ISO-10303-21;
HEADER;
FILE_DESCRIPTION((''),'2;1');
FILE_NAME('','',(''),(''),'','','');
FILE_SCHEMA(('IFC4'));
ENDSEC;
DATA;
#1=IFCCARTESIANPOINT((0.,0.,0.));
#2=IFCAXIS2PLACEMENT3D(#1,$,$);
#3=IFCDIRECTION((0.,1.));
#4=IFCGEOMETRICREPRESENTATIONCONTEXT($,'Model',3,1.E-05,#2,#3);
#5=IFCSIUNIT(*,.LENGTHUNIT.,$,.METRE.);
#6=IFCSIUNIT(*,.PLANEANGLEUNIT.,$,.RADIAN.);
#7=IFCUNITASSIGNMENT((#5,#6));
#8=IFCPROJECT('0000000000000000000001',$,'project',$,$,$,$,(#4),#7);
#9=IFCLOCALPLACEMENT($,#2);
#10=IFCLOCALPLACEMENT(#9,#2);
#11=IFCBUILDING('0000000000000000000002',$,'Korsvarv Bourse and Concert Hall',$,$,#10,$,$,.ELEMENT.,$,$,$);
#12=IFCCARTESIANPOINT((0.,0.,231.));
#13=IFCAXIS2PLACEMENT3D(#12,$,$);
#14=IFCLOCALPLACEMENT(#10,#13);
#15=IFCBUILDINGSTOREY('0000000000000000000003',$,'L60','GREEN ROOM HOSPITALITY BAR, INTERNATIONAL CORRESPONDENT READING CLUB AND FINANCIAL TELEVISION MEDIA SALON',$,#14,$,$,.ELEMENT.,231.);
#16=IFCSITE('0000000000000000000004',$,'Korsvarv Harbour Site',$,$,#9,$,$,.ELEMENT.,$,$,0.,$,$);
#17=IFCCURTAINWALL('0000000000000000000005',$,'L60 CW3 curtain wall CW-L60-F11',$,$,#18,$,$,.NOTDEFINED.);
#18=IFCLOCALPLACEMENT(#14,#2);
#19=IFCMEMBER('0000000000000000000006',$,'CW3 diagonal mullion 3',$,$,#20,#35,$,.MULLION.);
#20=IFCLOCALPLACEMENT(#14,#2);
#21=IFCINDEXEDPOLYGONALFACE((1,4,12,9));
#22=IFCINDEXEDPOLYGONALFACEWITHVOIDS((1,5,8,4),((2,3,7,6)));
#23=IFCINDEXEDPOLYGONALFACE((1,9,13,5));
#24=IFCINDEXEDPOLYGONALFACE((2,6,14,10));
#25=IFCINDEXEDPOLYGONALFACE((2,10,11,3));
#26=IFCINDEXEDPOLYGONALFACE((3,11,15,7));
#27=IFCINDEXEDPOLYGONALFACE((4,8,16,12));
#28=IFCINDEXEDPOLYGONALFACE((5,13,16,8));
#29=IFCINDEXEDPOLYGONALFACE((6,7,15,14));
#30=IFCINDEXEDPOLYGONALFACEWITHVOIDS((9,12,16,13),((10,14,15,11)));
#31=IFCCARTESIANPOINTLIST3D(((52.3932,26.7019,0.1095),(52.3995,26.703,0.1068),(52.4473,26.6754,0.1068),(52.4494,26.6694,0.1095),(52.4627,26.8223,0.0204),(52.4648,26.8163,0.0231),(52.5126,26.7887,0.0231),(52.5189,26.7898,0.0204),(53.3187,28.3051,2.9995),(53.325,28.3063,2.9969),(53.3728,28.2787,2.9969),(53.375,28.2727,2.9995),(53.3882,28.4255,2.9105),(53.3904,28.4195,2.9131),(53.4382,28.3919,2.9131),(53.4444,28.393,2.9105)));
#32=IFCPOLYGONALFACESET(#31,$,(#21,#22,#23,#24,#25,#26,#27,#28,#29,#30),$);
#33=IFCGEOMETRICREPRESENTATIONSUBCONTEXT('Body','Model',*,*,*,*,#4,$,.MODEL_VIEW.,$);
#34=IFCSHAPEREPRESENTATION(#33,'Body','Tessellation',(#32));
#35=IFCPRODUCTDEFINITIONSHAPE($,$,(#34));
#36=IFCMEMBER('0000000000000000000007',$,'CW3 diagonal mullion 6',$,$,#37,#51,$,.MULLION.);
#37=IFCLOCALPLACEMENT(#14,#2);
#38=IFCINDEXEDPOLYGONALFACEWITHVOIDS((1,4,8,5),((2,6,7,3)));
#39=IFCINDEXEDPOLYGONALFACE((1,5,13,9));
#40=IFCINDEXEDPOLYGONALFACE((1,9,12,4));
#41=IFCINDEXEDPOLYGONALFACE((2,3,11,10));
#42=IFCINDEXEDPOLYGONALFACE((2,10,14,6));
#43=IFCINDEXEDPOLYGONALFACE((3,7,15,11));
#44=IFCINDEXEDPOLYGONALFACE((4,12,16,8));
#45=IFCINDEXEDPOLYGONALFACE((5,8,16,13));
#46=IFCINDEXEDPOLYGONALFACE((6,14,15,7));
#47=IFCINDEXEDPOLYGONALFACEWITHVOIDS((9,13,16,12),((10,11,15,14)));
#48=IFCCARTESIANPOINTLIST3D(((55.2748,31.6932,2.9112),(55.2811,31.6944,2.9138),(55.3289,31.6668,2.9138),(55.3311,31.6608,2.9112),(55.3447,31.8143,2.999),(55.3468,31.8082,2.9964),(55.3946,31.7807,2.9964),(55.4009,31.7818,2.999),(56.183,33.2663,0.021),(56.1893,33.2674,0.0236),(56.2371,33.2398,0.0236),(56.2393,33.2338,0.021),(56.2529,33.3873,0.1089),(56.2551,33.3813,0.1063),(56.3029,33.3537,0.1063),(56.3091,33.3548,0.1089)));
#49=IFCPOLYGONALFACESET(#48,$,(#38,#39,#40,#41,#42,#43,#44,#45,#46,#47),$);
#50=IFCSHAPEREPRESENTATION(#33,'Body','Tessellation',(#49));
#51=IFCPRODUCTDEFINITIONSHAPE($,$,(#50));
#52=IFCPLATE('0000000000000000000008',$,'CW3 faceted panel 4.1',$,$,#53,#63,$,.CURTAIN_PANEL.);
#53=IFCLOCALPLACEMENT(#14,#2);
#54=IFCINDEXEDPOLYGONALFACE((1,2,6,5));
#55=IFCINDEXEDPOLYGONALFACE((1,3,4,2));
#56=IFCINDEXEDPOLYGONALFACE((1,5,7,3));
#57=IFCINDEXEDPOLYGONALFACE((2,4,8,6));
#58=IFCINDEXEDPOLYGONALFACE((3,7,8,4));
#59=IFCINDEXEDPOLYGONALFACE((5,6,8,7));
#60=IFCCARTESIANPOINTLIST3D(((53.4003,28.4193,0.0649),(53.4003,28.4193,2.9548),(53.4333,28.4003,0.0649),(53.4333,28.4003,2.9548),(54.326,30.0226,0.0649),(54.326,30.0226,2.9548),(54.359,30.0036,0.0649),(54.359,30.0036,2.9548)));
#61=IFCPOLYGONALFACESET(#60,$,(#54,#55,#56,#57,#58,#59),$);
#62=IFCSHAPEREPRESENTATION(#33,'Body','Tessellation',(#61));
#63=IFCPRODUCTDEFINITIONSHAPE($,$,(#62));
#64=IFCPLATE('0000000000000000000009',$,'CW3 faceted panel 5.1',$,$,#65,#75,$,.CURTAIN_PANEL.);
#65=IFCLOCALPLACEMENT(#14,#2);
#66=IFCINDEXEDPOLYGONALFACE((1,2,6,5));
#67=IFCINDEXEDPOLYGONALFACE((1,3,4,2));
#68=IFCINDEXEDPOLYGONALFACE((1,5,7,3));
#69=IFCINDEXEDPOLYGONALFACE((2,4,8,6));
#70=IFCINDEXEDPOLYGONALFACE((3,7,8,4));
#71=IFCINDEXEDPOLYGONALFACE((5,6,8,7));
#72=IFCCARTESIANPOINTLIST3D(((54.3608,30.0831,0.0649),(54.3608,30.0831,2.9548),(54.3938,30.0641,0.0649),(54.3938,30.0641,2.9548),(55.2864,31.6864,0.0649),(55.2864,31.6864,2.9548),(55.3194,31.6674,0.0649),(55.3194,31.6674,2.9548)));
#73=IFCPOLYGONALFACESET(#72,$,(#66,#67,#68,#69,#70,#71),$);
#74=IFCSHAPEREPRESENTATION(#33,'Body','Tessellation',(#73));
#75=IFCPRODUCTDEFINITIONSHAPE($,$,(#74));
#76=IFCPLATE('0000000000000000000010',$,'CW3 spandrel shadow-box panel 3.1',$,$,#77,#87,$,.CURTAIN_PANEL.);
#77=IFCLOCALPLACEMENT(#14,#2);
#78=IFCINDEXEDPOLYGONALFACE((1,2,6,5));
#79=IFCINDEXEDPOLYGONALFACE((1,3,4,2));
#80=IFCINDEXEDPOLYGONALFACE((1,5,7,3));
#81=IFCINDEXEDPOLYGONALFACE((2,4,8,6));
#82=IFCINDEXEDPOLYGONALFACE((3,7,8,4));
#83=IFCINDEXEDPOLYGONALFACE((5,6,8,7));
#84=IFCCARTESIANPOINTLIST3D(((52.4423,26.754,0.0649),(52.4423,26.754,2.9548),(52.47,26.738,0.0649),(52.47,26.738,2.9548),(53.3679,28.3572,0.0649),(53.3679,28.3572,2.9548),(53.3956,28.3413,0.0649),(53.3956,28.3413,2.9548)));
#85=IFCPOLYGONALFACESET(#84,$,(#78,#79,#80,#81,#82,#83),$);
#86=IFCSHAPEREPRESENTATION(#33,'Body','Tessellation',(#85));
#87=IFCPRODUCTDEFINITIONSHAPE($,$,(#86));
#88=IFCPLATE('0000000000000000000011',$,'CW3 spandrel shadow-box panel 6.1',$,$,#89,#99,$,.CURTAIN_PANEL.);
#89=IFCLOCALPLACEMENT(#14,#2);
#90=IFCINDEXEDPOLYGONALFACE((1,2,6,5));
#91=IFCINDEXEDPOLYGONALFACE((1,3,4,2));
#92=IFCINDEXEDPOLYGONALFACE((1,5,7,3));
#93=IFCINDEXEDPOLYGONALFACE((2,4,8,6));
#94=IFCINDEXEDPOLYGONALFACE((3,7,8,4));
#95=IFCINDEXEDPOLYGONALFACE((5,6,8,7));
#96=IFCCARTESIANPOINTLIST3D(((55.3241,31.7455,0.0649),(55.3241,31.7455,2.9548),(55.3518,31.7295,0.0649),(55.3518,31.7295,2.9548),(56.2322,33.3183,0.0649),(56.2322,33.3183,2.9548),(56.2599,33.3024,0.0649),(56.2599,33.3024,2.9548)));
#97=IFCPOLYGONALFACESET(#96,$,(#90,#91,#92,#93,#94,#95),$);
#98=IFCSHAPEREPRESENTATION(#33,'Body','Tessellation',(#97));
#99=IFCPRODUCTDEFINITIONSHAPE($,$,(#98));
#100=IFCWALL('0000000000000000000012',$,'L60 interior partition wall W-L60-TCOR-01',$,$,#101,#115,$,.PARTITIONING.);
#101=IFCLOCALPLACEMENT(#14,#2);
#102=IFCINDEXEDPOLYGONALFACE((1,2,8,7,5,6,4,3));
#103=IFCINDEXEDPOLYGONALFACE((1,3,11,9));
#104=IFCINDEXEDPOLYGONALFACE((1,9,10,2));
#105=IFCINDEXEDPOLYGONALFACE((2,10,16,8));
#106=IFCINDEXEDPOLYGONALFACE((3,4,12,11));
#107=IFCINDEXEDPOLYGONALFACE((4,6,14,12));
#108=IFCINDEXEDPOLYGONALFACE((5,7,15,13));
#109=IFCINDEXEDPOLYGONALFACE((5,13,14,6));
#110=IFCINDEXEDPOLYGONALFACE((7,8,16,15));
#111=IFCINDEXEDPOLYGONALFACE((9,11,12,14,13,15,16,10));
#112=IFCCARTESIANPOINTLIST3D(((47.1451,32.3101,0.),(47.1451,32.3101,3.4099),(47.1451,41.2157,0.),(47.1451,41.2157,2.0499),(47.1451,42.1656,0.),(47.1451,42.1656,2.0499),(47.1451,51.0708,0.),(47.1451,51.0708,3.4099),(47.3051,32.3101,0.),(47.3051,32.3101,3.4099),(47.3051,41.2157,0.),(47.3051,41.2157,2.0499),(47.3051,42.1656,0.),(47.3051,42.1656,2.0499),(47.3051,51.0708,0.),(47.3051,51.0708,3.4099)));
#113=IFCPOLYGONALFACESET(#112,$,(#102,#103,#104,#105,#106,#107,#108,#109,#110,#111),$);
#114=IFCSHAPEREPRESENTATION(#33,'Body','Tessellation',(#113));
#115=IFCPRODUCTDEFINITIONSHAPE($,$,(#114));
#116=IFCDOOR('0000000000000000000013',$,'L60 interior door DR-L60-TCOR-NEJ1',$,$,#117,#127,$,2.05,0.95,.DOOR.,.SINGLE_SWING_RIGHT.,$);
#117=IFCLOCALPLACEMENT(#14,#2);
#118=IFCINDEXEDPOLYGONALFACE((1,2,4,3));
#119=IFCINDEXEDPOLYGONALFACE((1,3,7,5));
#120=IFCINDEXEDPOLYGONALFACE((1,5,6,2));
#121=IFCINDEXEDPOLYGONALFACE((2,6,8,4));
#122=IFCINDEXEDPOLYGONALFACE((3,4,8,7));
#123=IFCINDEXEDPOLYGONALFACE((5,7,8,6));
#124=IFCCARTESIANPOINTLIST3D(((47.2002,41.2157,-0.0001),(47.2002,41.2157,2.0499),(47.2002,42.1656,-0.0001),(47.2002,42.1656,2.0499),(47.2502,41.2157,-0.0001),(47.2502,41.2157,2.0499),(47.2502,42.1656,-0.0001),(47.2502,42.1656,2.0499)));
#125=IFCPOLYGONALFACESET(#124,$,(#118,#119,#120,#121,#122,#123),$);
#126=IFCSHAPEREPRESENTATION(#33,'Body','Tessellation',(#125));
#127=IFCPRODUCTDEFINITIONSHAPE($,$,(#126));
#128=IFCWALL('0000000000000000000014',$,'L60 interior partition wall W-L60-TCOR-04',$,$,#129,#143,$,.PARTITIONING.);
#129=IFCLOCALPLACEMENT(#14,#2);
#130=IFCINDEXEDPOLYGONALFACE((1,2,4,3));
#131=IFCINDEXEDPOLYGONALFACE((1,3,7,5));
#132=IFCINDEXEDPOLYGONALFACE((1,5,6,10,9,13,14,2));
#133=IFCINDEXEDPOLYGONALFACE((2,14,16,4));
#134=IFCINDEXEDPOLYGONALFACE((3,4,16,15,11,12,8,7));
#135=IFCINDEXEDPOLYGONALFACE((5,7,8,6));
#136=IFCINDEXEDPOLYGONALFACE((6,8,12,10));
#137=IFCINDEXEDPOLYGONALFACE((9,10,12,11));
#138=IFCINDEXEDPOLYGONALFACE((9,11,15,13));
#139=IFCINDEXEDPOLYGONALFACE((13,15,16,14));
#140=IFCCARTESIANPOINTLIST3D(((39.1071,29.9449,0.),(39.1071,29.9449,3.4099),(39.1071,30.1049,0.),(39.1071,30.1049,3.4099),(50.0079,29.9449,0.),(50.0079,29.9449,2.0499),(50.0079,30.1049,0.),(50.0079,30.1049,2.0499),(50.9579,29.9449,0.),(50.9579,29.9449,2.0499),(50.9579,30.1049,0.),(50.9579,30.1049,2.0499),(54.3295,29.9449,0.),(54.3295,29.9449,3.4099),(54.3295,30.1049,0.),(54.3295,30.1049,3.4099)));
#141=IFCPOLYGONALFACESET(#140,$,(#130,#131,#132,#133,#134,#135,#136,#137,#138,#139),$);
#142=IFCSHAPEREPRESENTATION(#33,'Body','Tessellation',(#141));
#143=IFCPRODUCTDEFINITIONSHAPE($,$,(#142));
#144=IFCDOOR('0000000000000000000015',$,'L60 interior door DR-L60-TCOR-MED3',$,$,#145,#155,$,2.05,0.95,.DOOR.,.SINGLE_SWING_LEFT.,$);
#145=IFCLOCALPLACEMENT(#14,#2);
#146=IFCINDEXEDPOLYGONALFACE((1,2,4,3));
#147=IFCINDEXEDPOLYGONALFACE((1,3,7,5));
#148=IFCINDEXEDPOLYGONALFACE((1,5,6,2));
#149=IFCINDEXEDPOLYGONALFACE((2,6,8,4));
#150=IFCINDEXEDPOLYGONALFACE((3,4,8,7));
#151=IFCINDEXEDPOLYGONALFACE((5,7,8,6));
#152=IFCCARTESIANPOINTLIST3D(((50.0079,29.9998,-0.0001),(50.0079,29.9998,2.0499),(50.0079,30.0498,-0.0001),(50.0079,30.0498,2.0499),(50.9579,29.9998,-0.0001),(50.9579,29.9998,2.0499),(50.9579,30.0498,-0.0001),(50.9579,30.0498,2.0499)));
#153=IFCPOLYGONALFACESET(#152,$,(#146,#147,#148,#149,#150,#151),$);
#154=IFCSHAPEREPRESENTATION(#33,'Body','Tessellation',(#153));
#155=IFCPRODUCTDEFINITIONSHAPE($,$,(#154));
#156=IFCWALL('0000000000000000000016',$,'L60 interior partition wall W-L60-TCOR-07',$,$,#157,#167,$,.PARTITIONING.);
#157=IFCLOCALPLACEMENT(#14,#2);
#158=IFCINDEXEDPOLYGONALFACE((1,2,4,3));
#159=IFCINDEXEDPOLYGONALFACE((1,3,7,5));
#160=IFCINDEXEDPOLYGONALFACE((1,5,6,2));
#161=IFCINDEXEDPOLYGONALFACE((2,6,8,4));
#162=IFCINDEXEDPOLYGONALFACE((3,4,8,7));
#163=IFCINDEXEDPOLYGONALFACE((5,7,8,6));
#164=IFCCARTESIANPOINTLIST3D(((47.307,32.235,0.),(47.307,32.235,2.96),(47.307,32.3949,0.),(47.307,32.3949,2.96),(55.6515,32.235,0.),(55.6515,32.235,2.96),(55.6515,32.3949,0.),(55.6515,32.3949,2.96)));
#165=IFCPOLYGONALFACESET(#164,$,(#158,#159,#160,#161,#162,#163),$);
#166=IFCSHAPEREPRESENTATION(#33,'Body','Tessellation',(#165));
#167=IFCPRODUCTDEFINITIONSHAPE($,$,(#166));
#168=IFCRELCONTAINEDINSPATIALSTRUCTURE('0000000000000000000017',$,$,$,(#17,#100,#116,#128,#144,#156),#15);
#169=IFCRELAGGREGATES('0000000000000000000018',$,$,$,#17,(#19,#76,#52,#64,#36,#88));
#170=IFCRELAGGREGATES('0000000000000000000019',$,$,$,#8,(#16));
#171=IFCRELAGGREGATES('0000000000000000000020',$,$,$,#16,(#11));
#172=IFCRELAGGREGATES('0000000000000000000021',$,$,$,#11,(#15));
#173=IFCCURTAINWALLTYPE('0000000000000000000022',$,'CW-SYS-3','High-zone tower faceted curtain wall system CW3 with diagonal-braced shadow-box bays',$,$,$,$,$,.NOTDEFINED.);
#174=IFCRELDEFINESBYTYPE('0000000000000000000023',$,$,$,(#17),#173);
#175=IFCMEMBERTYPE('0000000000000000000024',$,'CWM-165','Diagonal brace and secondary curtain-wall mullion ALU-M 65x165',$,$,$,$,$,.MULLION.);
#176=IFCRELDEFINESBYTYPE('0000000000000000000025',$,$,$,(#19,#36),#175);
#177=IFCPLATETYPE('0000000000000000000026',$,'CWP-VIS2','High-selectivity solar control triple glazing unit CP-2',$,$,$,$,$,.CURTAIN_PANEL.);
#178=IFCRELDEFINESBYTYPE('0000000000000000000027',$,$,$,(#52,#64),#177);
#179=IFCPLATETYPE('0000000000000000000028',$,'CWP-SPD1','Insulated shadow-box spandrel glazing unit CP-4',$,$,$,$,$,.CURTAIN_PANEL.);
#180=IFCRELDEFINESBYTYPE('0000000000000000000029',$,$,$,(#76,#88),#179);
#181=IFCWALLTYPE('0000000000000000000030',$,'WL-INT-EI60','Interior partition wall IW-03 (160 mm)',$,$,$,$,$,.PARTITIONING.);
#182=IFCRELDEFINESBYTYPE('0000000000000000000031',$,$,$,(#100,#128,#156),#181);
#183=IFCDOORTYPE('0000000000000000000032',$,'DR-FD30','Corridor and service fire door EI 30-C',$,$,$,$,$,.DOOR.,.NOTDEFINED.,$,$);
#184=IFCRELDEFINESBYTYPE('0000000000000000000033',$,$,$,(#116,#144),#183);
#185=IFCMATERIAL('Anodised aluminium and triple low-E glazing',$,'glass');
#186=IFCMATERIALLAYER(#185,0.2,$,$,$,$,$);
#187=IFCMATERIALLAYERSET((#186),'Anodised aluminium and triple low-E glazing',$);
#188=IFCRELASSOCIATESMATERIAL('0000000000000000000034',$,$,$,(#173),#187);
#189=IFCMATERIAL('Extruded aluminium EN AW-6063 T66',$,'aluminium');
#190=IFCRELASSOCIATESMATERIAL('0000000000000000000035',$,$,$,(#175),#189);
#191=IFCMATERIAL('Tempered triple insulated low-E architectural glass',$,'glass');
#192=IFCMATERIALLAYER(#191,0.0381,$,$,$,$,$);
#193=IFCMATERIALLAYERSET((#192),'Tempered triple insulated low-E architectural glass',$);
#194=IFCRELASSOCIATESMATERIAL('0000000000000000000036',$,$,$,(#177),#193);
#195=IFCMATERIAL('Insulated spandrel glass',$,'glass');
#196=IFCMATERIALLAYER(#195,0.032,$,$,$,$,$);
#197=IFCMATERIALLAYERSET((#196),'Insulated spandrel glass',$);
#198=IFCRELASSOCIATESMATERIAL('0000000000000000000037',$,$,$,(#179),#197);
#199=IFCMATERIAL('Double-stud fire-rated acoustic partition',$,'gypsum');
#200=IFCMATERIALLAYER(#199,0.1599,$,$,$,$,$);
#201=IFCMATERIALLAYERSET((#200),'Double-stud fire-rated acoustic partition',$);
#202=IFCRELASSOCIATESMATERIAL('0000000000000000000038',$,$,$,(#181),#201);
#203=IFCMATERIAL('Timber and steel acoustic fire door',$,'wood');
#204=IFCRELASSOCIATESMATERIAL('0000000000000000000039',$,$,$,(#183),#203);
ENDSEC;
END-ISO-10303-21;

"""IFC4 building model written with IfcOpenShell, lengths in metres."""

from ifc_helpers import new_model, si_unit, direction, frame, frame_2d, origin, origin_2d, place, context, subcontext, project, spatial, rectangle, hollow_rectangle, extrude, source, transform, mapped, material, layer, layer_set, material_profile, profile_set, type_object, element, fill, aggregate, save


model = new_model("IFC4")

# Units and contexts
model_context = context("Model", 3, precision=1e-05, world=origin(), true_north=direction((0.0, 1.0)))
body_context = subcontext(model_context, "Body", "Model", "MODEL_VIEW")
ifc_project = project(units=[si_unit("LENGTHUNIT", "METRE"), si_unit("PLANEANGLEUNIT", "RADIAN")], contexts=[model_context])

# Site, building, storey
site_placement = place(None, origin())
site = spatial("IfcSite", under=ifc_project, at=site_placement, Name="Korsvarv Harbour Site", CompositionType="ELEMENT", RefElevation=0.0)
building_placement = place(site_placement, origin())
building = spatial("IfcBuilding", under=site, at=building_placement, Name="Korsvarv Bourse and Concert Hall", CompositionType="ELEMENT")
storey_placement = place(building_placement, frame((0.0, 0.0, 231.0)))
storey = spatial("IfcBuildingStorey", under=building, at=storey_placement, Name="L60", Description="GREEN ROOM HOSPITALITY BAR, INTERNATIONAL CORRESPONDENT READING CLUB AND FINANCIAL TELEVISION MEDIA SALON", CompositionType="ELEMENT", Elevation=231.0)

# Curtain wall, members, plates
ifc_material_1 = material(Name="Anodised aluminium and triple low-E glazing", Category="glass")
ifc_layer_1 = layer(ifc_material_1, 0.2)
ifc_layer_set_1 = layer_set([ifc_layer_1], Name="Anodised aluminium and triple low-E glazing")
curtain_wall_type = type_object("IfcCurtainWallType", Name="CW-SYS-3", Description="High-zone tower faceted curtain wall system CW3 with diagonal-braced shadow-box bays", PredefinedType="NOTDEFINED", material=ifc_layer_set_1)
curtain_wall_placement = place(storey_placement, origin())
curtain_wall = element("IfcCurtainWall", 1, at=curtain_wall_placement, inside=storey, type_object=curtain_wall_type, Name="L60 CW3 curtain wall CW-L60-F11", PredefinedType="NOTDEFINED")
ifc_material_2 = material(Name="Extruded aluminium EN AW-6063 T66", Category="aluminium")
ifc_material_profile_1 = material_profile(ifc_material_2, hollow_rectangle(XDim=0.0649, YDim=0.165, WallThickness=0.0049, at=origin_2d()), Name="ALU-M 65x165")
ifc_profile_set_1 = profile_set([ifc_material_profile_1], Name="Extruded aluminium EN AW-6063 T66")
member_type_1 = type_object("IfcMemberType", Name="CWM-165", Description="Diagonal brace and secondary curtain-wall mullion ALU-M 65x165", PredefinedType="MULLION", material=ifc_profile_set_1)
shared_shape_1 = source(origin(), body_context, "Body", "SweptSolid", [
    extrude(hollow_rectangle(XDim=0.0649, YDim=0.165, WallThickness=0.0049, at=origin_2d()), origin(), (0.0, 0.0, 1.0), 3.4321),
])
member_1_placement = place(storey_placement, frame((52.4561, 26.7458, 0.0649), z_axis=(0.269663, 0.467127, 0.842066), x_axis=(-0.866052, 0.499955, 0.0)))
member_1 = element("IfcMember", 2, at=member_1_placement, type_object=member_type_1, Name="CW3 diagonal mullion 3", PredefinedType="MULLION", context=body_context, shape_type="MappedRepresentation", body=[
    mapped(shared_shape_1, transform((0.0, 0.0, 0.0), scale=1.0)),
])
shared_shape_2 = source(origin(), body_context, "Body", "SweptSolid", [
    extrude(hollow_rectangle(XDim=0.0649, YDim=0.165, WallThickness=0.0049, at=origin_2d()), origin(), (0.0, 0.0, 1.0), 3.4136),
])
member_2_placement = place(storey_placement, frame((56.2461, 33.3105, 0.0649), z_axis=(-0.266061, -0.460816, 0.846676), x_axis=(0.866018, -0.500013, 0.0)))
member_2 = element("IfcMember", 3, at=member_2_placement, type_object=member_type_1, Name="CW3 diagonal mullion 6", PredefinedType="MULLION", context=body_context, shape_type="MappedRepresentation", body=[
    mapped(shared_shape_2, transform((0.0, 0.0, 0.0), scale=1.0)),
])
ifc_material_3 = material(Name="Tempered triple insulated low-E architectural glass", Category="glass")
ifc_layer_2 = layer(ifc_material_3, 0.0381)
ifc_layer_set_2 = layer_set([ifc_layer_2], Name="Tempered triple insulated low-E architectural glass")
plate_type_1 = type_object("IfcPlateType", Name="CWP-VIS2", Description="High-selectivity solar control triple glazing unit CP-2", PredefinedType="CURTAIN_PANEL", material=ifc_layer_set_2)
shared_shape_3 = source(origin(), body_context, "Body", "SweptSolid", [
    extrude(rectangle(XDim=1.8513, YDim=0.0381, at=origin_2d()), origin(), (0.0, 0.0, 1.0), 2.8899),
])
plate_1_placement = place(storey_placement, frame((53.8796, 29.2114, 0.0649), z_axis=(0.0, 0.0, 1.0), x_axis=(0.499996, 0.866028, 0.0)))
plate_1 = element("IfcPlate", 4, at=plate_1_placement, type_object=plate_type_1, Name="CW3 faceted panel 4.1", PredefinedType="CURTAIN_PANEL", context=body_context, shape_type="MappedRepresentation", body=[
    mapped(shared_shape_3, transform((0.0, 0.0, 0.0), scale=1.0)),
])
plate_2_placement = place(storey_placement, frame((54.8401, 30.8752, 0.0649), z_axis=(0.0, 0.0, 1.0), x_axis=(0.499996, 0.866028, 0.0)))
plate_2 = element("IfcPlate", 5, at=plate_2_placement, type_object=plate_type_1, Name="CW3 faceted panel 5.1", PredefinedType="CURTAIN_PANEL", context=body_context, shape_type="MappedRepresentation", body=[
    mapped(shared_shape_3, transform((0.0, 0.0, 0.0), scale=1.0)),
])
ifc_material_4 = material(Name="Insulated spandrel glass", Category="glass")
ifc_layer_3 = layer(ifc_material_4, 0.032)
ifc_layer_set_3 = layer_set([ifc_layer_3], Name="Insulated spandrel glass")
plate_type_2 = type_object("IfcPlateType", Name="CWP-SPD1", Description="Insulated shadow-box spandrel glazing unit CP-4", PredefinedType="CURTAIN_PANEL", material=ifc_layer_set_3)
shared_shape_4 = source(origin(), body_context, "Body", "SweptSolid", [
    extrude(rectangle(XDim=1.8513, YDim=0.032, at=origin_2d()), origin(), (0.0, 0.0, 1.0), 2.8899),
])
plate_3_placement = place(storey_placement, frame((52.9189, 27.5476, 0.0649), z_axis=(0.0, 0.0, 1.0), x_axis=(0.499996, 0.866028, 0.0)))
plate_3 = element("IfcPlate", 6, at=plate_3_placement, type_object=plate_type_2, Name="CW3 spandrel shadow-box panel 3.1", PredefinedType="CURTAIN_PANEL", context=body_context, shape_type="MappedRepresentation", body=[
    mapped(shared_shape_4, transform((0.0, 0.0, 0.0), scale=1.0)),
])
shared_shape_5 = source(origin(), body_context, "Body", "SweptSolid", [
    extrude(rectangle(XDim=1.8162, YDim=0.032, at=origin_2d()), origin(), (0.0, 0.0, 1.0), 2.8899),
])
plate_4_placement = place(storey_placement, frame((55.792, 32.5239, 0.0649), z_axis=(0.0, 0.0, 1.0), x_axis=(0.499996, 0.866028, 0.0)))
plate_4 = element("IfcPlate", 7, at=plate_4_placement, type_object=plate_type_2, Name="CW3 spandrel shadow-box panel 6.1", PredefinedType="CURTAIN_PANEL", context=body_context, shape_type="MappedRepresentation", body=[
    mapped(shared_shape_5, transform((0.0, 0.0, 0.0), scale=1.0)),
])
aggregate(curtain_wall, [member_1, plate_3, plate_1, plate_2, member_2, plate_4])

# Walls, openings, doors
ifc_material_5 = material(Name="Double-stud fire-rated acoustic partition", Category="gypsum")
ifc_layer_4 = layer(ifc_material_5, 0.1599)
ifc_layer_set_4 = layer_set([ifc_layer_4], Name="Double-stud fire-rated acoustic partition")
wall_type_1 = type_object("IfcWallType", Name="WL-INT-EI60", Description="Interior partition wall IW-03 (160 mm)", PredefinedType="PARTITIONING", material=ifc_layer_set_4)
wall_1_placement = place(storey_placement, frame((47.2251, 32.3101, 0.0), z_axis=(0.0, 0.0, 1.0), x_axis=(0.0, 1.0, 0.0)))
wall_1 = element("IfcWall", 8, at=wall_1_placement, inside=storey, type_object=wall_type_1, Name="L60 interior partition wall W-L60-TCOR-01", PredefinedType="PARTITIONING", context=body_context, shape_type="SweptSolid", body=[
    extrude(rectangle(XDim=18.7607, YDim=0.1599, at=frame_2d((9.3804, 0.0))), origin(), (0.0, 0.0, 1.0), 3.4099),
])
opening_1_placement = place(wall_1_placement, frame((8.9055, 0.0, 0.0)))
opening_1 = element("IfcOpeningElement", 9, at=opening_1_placement, cuts=wall_1, PredefinedType="OPENING", context=body_context, shape_type="SweptSolid", body=[
    extrude(rectangle(XDim=0.95, YDim=2.05, at=frame_2d((0.4751, 1.0249))), frame((0.0, 0.0898, 0.0), z_axis=(0.0, -1.0, 0.0), x_axis=(1.0, 0.0, 0.0)), (0.0, 0.0, 1.0), 0.1799),
])
ifc_material_6 = material(Name="Timber and steel acoustic fire door", Category="wood")
door_type = type_object("IfcDoorType", Name="DR-FD30", Description="Corridor and service fire door EI 30-C", OperationType="NOTDEFINED", PredefinedType="DOOR", material=ifc_material_6)
door_1_placement = place(opening_1_placement, origin())
door_1 = element("IfcDoor", 10, at=door_1_placement, inside=storey, type_object=door_type, Name="L60 interior door DR-L60-TCOR-NEJ1", OperationType="SINGLE_SWING_RIGHT", OverallHeight=2.05, OverallWidth=0.95, PredefinedType="DOOR", context=body_context, shape_type="SweptSolid", body=[
    extrude(rectangle(XDim=0.95, YDim=2.05, at=frame_2d((0.4751, 1.0249))), frame((0.0, 0.0249, 0.0), z_axis=(0.0, -1.0, 0.0), x_axis=(1.0, 0.0, 0.0)), (0.0, 0.0, 1.0), 0.05),
])
fill(opening_1, door_1)
wall_2_placement = place(storey_placement, frame((39.1069, 30.0249, 0.0), z_axis=(0.0, 0.0, 1.0), x_axis=(1.0, 0.0, 0.0)))
wall_2 = element("IfcWall", 11, at=wall_2_placement, inside=storey, type_object=wall_type_1, Name="L60 interior partition wall W-L60-TCOR-04", PredefinedType="PARTITIONING", context=body_context, shape_type="SweptSolid", body=[
    extrude(rectangle(XDim=15.2224, YDim=0.1599, at=frame_2d((7.6113, 0.0))), origin(), (0.0, 0.0, 1.0), 3.4099),
])
opening_2_placement = place(wall_2_placement, frame((10.9009, 0.0, 0.0)))
opening_2 = element("IfcOpeningElement", 12, at=opening_2_placement, cuts=wall_2, PredefinedType="OPENING", context=body_context, shape_type="SweptSolid", body=[
    extrude(rectangle(XDim=0.95, YDim=2.05, at=frame_2d((0.4751, 1.0249))), frame((0.0, 0.0898, 0.0), z_axis=(0.0, -1.0, 0.0), x_axis=(1.0, 0.0, 0.0)), (0.0, 0.0, 1.0), 0.1799),
])
door_2_placement = place(opening_2_placement, origin())
door_2 = element("IfcDoor", 13, at=door_2_placement, inside=storey, type_object=door_type, Name="L60 interior door DR-L60-TCOR-MED3", OperationType="SINGLE_SWING_LEFT", OverallHeight=2.05, OverallWidth=0.95, PredefinedType="DOOR", context=body_context, shape_type="SweptSolid", body=[
    extrude(rectangle(XDim=0.95, YDim=2.05, at=frame_2d((0.4751, 1.0249))), frame((0.0, 0.0249, 0.0), z_axis=(0.0, -1.0, 0.0), x_axis=(1.0, 0.0, 0.0)), (0.0, 0.0, 1.0), 0.05),
])
fill(opening_2, door_2)

# Wall
wall_3_placement = place(storey_placement, frame((47.3069, 32.3149, 0.0), z_axis=(0.0, 0.0, 1.0), x_axis=(1.0, 0.0, 0.0)))
element("IfcWall", 14, at=wall_3_placement, inside=storey, type_object=wall_type_1, Name="L60 interior partition wall W-L60-TCOR-07", PredefinedType="PARTITIONING", context=body_context, shape_type="SweptSolid", body=[
    extrude(rectangle(XDim=8.3445, YDim=0.1599, at=frame_2d((4.1724, 0.0))), origin(), (0.0, 0.0, 1.0), 2.96),
])

save(model, "model.ifc")
